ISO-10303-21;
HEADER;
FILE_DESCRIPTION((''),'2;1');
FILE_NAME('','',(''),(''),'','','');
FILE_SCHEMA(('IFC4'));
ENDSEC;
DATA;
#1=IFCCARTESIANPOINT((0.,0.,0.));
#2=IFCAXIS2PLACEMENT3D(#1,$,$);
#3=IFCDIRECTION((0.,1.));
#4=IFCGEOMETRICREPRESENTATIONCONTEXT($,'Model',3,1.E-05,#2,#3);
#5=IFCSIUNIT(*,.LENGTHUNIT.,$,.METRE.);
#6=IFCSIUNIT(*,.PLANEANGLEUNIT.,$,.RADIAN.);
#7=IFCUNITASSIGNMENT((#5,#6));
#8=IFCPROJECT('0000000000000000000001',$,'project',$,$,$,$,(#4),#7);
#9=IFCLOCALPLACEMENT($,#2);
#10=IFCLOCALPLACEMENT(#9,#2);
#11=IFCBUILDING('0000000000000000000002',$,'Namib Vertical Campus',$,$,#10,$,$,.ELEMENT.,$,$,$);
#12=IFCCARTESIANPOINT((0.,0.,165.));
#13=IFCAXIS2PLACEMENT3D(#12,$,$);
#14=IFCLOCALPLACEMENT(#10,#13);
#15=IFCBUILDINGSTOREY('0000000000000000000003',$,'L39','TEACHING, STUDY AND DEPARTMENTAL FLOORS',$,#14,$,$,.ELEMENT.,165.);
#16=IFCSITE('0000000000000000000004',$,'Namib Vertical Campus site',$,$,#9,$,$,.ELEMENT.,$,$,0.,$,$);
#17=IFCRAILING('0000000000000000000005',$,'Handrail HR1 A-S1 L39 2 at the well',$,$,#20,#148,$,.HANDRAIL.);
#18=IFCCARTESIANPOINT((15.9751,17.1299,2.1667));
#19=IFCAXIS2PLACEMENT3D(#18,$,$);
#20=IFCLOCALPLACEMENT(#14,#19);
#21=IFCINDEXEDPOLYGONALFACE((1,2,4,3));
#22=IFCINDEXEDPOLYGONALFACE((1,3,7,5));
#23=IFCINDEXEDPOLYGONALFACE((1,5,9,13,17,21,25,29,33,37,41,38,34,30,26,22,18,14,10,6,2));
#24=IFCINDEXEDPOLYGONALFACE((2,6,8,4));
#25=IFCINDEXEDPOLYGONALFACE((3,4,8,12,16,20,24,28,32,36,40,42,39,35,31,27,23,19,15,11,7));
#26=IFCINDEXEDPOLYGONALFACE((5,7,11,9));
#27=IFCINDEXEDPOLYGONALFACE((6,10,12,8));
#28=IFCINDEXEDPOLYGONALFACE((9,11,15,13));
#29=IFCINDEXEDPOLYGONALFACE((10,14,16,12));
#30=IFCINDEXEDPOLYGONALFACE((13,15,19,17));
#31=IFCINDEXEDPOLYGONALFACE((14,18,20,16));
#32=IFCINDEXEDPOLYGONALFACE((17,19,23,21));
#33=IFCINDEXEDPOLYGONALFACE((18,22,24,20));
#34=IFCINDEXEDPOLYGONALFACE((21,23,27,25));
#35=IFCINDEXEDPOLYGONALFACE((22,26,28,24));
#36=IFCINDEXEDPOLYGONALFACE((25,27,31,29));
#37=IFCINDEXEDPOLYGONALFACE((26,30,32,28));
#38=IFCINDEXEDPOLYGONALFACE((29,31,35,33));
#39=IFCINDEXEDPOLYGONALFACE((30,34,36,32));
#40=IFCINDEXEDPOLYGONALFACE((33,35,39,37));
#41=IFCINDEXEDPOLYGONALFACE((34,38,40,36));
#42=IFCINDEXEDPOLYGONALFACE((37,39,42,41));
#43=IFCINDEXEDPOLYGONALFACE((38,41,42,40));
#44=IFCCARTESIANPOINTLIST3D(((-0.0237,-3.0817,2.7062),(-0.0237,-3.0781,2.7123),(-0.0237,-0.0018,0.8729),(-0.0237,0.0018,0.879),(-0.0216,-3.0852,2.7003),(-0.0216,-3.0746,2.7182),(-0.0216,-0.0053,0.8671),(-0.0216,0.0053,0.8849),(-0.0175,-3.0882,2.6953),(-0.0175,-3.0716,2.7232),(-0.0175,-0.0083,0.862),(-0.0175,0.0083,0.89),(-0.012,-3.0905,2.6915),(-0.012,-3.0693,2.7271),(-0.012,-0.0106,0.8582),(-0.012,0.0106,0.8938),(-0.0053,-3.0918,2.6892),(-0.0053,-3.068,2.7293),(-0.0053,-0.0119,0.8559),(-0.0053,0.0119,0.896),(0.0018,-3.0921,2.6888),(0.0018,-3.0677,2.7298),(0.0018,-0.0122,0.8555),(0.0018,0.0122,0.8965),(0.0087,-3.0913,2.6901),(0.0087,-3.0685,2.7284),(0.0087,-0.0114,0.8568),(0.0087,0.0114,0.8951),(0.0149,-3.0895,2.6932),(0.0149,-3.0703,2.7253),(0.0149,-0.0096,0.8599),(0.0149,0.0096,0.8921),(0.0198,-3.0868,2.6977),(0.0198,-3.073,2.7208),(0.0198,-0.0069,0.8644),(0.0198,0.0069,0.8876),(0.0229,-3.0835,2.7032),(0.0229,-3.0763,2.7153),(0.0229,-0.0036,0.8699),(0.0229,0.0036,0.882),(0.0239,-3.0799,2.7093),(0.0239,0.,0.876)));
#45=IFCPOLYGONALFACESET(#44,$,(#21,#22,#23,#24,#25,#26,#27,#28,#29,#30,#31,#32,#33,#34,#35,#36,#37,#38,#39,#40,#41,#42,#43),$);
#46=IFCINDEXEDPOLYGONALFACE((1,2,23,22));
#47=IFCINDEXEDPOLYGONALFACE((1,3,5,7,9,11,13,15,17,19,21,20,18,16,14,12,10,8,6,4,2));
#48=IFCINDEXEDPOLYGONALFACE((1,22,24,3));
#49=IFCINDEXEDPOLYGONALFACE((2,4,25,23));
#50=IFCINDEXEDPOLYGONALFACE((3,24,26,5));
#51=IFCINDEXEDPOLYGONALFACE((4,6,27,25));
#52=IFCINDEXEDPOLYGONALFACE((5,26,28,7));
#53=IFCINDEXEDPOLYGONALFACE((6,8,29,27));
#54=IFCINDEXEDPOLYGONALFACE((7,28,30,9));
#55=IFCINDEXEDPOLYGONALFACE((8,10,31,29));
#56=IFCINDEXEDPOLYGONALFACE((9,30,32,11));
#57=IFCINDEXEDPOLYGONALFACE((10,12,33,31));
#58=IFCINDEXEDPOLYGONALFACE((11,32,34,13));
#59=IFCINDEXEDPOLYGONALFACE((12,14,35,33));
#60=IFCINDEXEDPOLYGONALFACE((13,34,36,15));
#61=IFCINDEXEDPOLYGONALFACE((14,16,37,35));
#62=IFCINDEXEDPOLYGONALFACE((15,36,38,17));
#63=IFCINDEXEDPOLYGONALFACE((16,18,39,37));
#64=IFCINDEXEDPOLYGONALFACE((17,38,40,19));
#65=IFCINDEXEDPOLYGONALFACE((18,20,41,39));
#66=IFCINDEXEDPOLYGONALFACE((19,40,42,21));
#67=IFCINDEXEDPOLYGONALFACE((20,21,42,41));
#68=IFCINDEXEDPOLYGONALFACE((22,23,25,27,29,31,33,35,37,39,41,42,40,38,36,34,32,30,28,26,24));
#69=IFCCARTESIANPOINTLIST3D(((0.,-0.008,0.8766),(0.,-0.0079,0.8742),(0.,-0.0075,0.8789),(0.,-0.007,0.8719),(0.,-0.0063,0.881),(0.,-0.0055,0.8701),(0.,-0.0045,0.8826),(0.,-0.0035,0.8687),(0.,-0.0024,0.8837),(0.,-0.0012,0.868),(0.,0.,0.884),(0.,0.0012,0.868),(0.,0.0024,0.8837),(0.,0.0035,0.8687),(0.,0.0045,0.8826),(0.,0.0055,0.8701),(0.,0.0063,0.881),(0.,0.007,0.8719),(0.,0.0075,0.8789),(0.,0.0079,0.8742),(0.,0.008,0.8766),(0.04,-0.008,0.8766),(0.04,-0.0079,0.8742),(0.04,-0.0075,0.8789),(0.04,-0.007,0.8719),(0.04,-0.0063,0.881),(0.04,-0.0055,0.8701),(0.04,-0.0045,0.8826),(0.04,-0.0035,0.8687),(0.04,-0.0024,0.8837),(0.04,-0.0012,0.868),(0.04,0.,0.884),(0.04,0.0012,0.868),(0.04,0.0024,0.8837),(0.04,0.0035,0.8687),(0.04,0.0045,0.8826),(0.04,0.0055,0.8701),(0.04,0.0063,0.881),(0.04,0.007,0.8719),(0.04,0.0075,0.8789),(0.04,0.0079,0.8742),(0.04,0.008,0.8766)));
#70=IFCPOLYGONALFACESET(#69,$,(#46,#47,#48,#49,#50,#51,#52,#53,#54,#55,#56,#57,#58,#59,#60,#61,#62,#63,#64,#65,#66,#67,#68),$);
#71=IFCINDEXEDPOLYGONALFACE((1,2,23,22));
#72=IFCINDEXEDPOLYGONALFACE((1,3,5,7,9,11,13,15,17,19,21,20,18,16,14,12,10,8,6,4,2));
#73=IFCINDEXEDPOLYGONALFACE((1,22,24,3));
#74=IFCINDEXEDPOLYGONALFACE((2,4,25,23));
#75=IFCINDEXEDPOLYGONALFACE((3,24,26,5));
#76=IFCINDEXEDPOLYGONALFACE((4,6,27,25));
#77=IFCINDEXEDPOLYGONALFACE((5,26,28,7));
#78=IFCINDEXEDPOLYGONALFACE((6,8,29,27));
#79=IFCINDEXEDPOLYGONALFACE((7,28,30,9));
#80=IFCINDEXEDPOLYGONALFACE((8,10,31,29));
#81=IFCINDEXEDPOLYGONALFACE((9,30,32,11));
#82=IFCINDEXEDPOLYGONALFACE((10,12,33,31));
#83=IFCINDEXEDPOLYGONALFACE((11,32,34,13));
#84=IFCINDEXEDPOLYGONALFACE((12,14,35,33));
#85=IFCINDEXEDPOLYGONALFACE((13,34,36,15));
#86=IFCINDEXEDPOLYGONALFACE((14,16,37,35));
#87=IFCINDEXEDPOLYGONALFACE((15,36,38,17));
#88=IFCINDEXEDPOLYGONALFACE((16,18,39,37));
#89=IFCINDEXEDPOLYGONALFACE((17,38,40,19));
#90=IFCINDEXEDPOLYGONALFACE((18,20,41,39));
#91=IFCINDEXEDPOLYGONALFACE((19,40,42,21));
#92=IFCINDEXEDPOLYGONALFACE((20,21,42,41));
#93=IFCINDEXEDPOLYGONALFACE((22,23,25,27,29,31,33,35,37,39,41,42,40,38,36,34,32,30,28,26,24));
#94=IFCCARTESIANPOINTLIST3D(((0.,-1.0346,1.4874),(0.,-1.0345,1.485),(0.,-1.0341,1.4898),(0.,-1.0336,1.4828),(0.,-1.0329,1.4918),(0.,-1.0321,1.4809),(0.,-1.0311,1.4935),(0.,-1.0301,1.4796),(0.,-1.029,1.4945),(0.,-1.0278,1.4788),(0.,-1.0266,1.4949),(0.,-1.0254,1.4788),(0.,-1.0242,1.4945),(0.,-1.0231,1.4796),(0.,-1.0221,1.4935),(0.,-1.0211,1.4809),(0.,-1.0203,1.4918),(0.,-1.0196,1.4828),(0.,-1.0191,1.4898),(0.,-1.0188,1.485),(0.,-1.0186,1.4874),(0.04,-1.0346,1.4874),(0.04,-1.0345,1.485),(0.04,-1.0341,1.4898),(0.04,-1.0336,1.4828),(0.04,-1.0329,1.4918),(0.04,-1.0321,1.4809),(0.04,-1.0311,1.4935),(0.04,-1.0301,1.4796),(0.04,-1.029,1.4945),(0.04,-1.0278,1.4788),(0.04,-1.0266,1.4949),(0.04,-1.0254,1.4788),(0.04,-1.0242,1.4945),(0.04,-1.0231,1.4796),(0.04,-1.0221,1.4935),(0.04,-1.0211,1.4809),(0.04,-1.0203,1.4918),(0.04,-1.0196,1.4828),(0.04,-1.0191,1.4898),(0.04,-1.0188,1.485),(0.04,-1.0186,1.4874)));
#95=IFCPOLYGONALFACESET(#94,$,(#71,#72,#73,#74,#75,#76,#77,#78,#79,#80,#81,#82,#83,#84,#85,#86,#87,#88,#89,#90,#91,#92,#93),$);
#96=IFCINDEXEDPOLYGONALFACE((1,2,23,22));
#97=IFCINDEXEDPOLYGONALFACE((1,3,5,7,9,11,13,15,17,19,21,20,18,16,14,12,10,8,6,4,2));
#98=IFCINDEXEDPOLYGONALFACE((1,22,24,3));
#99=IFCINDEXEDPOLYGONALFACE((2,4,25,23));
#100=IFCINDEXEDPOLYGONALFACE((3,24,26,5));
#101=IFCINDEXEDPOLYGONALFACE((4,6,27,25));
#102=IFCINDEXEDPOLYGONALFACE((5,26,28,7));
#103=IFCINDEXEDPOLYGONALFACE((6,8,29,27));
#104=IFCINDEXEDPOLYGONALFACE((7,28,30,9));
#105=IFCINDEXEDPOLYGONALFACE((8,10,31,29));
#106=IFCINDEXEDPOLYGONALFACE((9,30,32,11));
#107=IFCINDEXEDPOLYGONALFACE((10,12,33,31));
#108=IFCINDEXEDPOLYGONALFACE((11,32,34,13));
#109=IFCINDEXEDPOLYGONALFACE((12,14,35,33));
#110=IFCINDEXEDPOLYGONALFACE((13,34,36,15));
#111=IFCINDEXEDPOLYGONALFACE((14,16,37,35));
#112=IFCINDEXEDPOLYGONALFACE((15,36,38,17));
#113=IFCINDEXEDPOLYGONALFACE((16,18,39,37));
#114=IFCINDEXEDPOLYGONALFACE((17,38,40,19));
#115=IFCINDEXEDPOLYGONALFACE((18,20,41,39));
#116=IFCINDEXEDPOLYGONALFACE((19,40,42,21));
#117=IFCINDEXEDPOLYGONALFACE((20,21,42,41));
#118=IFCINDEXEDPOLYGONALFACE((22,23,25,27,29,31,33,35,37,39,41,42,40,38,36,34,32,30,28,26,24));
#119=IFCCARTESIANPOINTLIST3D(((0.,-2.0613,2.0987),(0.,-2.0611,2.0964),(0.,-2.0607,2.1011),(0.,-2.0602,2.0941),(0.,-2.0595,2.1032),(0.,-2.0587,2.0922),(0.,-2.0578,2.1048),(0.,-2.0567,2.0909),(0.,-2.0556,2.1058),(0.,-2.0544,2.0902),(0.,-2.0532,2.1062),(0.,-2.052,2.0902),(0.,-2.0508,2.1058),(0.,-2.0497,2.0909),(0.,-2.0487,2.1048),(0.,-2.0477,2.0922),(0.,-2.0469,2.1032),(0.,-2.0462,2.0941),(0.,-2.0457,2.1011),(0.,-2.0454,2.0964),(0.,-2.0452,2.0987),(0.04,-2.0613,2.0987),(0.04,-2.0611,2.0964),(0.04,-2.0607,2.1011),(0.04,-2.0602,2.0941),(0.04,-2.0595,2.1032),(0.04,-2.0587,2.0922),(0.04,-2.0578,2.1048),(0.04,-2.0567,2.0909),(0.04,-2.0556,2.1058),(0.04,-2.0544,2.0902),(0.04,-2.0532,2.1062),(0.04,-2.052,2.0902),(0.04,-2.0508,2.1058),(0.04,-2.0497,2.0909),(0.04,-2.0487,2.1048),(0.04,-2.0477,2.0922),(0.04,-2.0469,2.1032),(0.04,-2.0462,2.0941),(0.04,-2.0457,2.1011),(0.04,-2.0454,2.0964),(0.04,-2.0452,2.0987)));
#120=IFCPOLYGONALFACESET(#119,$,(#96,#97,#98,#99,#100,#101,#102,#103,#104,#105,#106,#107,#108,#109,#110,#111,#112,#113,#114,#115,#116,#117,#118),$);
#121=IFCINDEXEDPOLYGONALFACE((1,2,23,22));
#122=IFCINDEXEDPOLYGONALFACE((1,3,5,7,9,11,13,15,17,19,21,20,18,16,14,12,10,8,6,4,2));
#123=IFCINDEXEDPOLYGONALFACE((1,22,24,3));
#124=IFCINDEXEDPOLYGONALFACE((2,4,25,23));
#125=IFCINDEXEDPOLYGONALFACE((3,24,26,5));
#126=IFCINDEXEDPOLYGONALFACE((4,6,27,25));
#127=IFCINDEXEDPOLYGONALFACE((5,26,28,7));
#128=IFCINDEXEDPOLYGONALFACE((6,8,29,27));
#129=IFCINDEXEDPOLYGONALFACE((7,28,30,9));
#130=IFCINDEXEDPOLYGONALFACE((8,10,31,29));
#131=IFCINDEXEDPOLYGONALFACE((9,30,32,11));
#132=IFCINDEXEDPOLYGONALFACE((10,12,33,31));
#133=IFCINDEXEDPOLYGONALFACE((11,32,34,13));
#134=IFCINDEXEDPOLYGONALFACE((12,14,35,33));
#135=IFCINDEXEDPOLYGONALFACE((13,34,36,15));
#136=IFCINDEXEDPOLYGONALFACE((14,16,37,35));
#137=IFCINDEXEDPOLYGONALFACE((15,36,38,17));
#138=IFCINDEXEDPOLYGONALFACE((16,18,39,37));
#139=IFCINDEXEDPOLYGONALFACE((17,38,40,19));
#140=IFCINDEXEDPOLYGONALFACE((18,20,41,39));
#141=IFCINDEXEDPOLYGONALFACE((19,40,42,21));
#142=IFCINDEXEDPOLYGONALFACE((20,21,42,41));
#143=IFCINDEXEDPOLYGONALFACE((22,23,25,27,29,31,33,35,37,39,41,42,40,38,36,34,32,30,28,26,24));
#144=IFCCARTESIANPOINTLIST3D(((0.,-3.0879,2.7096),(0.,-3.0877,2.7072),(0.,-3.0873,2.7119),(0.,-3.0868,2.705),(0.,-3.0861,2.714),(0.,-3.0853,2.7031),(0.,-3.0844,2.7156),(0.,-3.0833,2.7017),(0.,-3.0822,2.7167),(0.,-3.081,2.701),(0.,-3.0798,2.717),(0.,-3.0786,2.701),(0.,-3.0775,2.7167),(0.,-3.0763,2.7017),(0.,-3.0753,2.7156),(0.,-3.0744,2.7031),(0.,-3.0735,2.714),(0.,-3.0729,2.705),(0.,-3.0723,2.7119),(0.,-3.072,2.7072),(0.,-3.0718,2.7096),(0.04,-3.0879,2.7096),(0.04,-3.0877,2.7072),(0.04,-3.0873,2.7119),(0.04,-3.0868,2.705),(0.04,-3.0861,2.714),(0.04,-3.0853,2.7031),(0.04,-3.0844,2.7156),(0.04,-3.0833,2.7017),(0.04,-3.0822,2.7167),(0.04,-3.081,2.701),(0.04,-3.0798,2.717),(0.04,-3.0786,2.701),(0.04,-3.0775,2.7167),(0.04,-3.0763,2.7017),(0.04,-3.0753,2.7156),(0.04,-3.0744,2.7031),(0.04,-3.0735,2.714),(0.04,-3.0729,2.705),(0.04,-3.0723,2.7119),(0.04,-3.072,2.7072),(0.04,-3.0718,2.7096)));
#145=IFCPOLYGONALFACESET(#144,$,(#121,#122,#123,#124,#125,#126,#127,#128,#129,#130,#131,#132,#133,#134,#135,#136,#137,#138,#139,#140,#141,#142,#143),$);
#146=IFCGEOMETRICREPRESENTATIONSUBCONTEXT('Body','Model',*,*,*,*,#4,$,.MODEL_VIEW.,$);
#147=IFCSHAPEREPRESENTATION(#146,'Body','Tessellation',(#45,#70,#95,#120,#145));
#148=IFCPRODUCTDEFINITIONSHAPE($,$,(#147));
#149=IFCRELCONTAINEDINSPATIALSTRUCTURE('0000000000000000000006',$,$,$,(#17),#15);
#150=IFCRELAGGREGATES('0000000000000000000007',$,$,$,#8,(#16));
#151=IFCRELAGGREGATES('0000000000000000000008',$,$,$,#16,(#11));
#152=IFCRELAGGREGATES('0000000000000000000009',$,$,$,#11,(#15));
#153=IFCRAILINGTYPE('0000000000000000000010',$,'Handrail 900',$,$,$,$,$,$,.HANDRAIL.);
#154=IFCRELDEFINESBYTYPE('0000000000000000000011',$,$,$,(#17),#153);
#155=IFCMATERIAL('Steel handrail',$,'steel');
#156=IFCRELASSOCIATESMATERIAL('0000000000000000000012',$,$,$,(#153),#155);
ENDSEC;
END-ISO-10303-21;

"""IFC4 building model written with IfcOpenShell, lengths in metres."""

from ifc_helpers import new_model, si_unit, direction, frame, origin, origin_2d, place, context, subcontext, project, spatial, circle, extrude, material, type_object, element, save


model = new_model("IFC4")

# Units and contexts
model_context = context("Model", 3, precision=1e-05, world=origin(), true_north=direction((0.0, 1.0)))
body_context = subcontext(model_context, "Body", "Model", "MODEL_VIEW")
ifc_project = project(units=[si_unit("LENGTHUNIT", "METRE"), si_unit("PLANEANGLEUNIT", "RADIAN")], contexts=[model_context])

# Site, building, storey
site_placement = place(None, origin())
site = spatial("IfcSite", under=ifc_project, at=site_placement, Name="Namib Vertical Campus site", CompositionType="ELEMENT", RefElevation=0.0)
building_placement = place(site_placement, origin())
building = spatial("IfcBuilding", under=site, at=building_placement, Name="Namib Vertical Campus", CompositionType="ELEMENT")
storey_placement = place(building_placement, frame((0.0, 0.0, 165.0)))
storey = spatial("IfcBuildingStorey", under=building, at=storey_placement, Name="L39", Description="TEACHING, STUDY AND DEPARTMENTAL FLOORS", CompositionType="ELEMENT", Elevation=165.0)

# Railing
ifc_material_1 = material(Name="Steel handrail", Category="steel")
railing_type_1 = type_object("IfcRailingType", Name="Handrail 900", PredefinedType="HANDRAIL", material=ifc_material_1)
railing_1_placement = place(storey_placement, frame((15.9751, 17.1299, 2.1667)))
element("IfcRailing", 1, at=railing_1_placement, inside=storey, type_object=railing_type_1, Name="Handrail HR1 A-S1 L39 2 at the well", PredefinedType="HANDRAIL", context=body_context, shape_type="SweptSolid", body=[
    extrude(circle(Radius=0.0239, at=origin_2d()), frame((0.0, 0.0, 0.876), z_axis=(0.0, -0.859291, 0.511487), x_axis=(1.0, 0.0, 0.0)), (0.0, 0.0, 1.0), 3.5842),
    extrude(circle(Radius=0.0081, at=origin_2d()), frame((0.0, 0.0, 0.876), z_axis=(1.0, 0.0, 0.0), x_axis=(0.0, 0.0, 1.0)), (0.0, 0.0, 1.0), 0.04),
    extrude(circle(Radius=0.0081, at=origin_2d()), frame((0.0, -1.0266, 1.4868), z_axis=(1.0, 0.0, 0.0), x_axis=(0.0, 0.0, 1.0)), (0.0, 0.0, 1.0), 0.04),
    extrude(circle(Radius=0.0081, at=origin_2d()), frame((0.0, -2.0532, 2.0981), z_axis=(1.0, 0.0, 0.0), x_axis=(0.0, 0.0, 1.0)), (0.0, 0.0, 1.0), 0.04),
    extrude(circle(Radius=0.0081, at=origin_2d()), frame((0.0, -3.0798, 2.709), z_axis=(1.0, 0.0, 0.0), x_axis=(0.0, 0.0, 1.0)), (0.0, 0.0, 1.0), 0.04),
])

save(model, "model.ifc")
